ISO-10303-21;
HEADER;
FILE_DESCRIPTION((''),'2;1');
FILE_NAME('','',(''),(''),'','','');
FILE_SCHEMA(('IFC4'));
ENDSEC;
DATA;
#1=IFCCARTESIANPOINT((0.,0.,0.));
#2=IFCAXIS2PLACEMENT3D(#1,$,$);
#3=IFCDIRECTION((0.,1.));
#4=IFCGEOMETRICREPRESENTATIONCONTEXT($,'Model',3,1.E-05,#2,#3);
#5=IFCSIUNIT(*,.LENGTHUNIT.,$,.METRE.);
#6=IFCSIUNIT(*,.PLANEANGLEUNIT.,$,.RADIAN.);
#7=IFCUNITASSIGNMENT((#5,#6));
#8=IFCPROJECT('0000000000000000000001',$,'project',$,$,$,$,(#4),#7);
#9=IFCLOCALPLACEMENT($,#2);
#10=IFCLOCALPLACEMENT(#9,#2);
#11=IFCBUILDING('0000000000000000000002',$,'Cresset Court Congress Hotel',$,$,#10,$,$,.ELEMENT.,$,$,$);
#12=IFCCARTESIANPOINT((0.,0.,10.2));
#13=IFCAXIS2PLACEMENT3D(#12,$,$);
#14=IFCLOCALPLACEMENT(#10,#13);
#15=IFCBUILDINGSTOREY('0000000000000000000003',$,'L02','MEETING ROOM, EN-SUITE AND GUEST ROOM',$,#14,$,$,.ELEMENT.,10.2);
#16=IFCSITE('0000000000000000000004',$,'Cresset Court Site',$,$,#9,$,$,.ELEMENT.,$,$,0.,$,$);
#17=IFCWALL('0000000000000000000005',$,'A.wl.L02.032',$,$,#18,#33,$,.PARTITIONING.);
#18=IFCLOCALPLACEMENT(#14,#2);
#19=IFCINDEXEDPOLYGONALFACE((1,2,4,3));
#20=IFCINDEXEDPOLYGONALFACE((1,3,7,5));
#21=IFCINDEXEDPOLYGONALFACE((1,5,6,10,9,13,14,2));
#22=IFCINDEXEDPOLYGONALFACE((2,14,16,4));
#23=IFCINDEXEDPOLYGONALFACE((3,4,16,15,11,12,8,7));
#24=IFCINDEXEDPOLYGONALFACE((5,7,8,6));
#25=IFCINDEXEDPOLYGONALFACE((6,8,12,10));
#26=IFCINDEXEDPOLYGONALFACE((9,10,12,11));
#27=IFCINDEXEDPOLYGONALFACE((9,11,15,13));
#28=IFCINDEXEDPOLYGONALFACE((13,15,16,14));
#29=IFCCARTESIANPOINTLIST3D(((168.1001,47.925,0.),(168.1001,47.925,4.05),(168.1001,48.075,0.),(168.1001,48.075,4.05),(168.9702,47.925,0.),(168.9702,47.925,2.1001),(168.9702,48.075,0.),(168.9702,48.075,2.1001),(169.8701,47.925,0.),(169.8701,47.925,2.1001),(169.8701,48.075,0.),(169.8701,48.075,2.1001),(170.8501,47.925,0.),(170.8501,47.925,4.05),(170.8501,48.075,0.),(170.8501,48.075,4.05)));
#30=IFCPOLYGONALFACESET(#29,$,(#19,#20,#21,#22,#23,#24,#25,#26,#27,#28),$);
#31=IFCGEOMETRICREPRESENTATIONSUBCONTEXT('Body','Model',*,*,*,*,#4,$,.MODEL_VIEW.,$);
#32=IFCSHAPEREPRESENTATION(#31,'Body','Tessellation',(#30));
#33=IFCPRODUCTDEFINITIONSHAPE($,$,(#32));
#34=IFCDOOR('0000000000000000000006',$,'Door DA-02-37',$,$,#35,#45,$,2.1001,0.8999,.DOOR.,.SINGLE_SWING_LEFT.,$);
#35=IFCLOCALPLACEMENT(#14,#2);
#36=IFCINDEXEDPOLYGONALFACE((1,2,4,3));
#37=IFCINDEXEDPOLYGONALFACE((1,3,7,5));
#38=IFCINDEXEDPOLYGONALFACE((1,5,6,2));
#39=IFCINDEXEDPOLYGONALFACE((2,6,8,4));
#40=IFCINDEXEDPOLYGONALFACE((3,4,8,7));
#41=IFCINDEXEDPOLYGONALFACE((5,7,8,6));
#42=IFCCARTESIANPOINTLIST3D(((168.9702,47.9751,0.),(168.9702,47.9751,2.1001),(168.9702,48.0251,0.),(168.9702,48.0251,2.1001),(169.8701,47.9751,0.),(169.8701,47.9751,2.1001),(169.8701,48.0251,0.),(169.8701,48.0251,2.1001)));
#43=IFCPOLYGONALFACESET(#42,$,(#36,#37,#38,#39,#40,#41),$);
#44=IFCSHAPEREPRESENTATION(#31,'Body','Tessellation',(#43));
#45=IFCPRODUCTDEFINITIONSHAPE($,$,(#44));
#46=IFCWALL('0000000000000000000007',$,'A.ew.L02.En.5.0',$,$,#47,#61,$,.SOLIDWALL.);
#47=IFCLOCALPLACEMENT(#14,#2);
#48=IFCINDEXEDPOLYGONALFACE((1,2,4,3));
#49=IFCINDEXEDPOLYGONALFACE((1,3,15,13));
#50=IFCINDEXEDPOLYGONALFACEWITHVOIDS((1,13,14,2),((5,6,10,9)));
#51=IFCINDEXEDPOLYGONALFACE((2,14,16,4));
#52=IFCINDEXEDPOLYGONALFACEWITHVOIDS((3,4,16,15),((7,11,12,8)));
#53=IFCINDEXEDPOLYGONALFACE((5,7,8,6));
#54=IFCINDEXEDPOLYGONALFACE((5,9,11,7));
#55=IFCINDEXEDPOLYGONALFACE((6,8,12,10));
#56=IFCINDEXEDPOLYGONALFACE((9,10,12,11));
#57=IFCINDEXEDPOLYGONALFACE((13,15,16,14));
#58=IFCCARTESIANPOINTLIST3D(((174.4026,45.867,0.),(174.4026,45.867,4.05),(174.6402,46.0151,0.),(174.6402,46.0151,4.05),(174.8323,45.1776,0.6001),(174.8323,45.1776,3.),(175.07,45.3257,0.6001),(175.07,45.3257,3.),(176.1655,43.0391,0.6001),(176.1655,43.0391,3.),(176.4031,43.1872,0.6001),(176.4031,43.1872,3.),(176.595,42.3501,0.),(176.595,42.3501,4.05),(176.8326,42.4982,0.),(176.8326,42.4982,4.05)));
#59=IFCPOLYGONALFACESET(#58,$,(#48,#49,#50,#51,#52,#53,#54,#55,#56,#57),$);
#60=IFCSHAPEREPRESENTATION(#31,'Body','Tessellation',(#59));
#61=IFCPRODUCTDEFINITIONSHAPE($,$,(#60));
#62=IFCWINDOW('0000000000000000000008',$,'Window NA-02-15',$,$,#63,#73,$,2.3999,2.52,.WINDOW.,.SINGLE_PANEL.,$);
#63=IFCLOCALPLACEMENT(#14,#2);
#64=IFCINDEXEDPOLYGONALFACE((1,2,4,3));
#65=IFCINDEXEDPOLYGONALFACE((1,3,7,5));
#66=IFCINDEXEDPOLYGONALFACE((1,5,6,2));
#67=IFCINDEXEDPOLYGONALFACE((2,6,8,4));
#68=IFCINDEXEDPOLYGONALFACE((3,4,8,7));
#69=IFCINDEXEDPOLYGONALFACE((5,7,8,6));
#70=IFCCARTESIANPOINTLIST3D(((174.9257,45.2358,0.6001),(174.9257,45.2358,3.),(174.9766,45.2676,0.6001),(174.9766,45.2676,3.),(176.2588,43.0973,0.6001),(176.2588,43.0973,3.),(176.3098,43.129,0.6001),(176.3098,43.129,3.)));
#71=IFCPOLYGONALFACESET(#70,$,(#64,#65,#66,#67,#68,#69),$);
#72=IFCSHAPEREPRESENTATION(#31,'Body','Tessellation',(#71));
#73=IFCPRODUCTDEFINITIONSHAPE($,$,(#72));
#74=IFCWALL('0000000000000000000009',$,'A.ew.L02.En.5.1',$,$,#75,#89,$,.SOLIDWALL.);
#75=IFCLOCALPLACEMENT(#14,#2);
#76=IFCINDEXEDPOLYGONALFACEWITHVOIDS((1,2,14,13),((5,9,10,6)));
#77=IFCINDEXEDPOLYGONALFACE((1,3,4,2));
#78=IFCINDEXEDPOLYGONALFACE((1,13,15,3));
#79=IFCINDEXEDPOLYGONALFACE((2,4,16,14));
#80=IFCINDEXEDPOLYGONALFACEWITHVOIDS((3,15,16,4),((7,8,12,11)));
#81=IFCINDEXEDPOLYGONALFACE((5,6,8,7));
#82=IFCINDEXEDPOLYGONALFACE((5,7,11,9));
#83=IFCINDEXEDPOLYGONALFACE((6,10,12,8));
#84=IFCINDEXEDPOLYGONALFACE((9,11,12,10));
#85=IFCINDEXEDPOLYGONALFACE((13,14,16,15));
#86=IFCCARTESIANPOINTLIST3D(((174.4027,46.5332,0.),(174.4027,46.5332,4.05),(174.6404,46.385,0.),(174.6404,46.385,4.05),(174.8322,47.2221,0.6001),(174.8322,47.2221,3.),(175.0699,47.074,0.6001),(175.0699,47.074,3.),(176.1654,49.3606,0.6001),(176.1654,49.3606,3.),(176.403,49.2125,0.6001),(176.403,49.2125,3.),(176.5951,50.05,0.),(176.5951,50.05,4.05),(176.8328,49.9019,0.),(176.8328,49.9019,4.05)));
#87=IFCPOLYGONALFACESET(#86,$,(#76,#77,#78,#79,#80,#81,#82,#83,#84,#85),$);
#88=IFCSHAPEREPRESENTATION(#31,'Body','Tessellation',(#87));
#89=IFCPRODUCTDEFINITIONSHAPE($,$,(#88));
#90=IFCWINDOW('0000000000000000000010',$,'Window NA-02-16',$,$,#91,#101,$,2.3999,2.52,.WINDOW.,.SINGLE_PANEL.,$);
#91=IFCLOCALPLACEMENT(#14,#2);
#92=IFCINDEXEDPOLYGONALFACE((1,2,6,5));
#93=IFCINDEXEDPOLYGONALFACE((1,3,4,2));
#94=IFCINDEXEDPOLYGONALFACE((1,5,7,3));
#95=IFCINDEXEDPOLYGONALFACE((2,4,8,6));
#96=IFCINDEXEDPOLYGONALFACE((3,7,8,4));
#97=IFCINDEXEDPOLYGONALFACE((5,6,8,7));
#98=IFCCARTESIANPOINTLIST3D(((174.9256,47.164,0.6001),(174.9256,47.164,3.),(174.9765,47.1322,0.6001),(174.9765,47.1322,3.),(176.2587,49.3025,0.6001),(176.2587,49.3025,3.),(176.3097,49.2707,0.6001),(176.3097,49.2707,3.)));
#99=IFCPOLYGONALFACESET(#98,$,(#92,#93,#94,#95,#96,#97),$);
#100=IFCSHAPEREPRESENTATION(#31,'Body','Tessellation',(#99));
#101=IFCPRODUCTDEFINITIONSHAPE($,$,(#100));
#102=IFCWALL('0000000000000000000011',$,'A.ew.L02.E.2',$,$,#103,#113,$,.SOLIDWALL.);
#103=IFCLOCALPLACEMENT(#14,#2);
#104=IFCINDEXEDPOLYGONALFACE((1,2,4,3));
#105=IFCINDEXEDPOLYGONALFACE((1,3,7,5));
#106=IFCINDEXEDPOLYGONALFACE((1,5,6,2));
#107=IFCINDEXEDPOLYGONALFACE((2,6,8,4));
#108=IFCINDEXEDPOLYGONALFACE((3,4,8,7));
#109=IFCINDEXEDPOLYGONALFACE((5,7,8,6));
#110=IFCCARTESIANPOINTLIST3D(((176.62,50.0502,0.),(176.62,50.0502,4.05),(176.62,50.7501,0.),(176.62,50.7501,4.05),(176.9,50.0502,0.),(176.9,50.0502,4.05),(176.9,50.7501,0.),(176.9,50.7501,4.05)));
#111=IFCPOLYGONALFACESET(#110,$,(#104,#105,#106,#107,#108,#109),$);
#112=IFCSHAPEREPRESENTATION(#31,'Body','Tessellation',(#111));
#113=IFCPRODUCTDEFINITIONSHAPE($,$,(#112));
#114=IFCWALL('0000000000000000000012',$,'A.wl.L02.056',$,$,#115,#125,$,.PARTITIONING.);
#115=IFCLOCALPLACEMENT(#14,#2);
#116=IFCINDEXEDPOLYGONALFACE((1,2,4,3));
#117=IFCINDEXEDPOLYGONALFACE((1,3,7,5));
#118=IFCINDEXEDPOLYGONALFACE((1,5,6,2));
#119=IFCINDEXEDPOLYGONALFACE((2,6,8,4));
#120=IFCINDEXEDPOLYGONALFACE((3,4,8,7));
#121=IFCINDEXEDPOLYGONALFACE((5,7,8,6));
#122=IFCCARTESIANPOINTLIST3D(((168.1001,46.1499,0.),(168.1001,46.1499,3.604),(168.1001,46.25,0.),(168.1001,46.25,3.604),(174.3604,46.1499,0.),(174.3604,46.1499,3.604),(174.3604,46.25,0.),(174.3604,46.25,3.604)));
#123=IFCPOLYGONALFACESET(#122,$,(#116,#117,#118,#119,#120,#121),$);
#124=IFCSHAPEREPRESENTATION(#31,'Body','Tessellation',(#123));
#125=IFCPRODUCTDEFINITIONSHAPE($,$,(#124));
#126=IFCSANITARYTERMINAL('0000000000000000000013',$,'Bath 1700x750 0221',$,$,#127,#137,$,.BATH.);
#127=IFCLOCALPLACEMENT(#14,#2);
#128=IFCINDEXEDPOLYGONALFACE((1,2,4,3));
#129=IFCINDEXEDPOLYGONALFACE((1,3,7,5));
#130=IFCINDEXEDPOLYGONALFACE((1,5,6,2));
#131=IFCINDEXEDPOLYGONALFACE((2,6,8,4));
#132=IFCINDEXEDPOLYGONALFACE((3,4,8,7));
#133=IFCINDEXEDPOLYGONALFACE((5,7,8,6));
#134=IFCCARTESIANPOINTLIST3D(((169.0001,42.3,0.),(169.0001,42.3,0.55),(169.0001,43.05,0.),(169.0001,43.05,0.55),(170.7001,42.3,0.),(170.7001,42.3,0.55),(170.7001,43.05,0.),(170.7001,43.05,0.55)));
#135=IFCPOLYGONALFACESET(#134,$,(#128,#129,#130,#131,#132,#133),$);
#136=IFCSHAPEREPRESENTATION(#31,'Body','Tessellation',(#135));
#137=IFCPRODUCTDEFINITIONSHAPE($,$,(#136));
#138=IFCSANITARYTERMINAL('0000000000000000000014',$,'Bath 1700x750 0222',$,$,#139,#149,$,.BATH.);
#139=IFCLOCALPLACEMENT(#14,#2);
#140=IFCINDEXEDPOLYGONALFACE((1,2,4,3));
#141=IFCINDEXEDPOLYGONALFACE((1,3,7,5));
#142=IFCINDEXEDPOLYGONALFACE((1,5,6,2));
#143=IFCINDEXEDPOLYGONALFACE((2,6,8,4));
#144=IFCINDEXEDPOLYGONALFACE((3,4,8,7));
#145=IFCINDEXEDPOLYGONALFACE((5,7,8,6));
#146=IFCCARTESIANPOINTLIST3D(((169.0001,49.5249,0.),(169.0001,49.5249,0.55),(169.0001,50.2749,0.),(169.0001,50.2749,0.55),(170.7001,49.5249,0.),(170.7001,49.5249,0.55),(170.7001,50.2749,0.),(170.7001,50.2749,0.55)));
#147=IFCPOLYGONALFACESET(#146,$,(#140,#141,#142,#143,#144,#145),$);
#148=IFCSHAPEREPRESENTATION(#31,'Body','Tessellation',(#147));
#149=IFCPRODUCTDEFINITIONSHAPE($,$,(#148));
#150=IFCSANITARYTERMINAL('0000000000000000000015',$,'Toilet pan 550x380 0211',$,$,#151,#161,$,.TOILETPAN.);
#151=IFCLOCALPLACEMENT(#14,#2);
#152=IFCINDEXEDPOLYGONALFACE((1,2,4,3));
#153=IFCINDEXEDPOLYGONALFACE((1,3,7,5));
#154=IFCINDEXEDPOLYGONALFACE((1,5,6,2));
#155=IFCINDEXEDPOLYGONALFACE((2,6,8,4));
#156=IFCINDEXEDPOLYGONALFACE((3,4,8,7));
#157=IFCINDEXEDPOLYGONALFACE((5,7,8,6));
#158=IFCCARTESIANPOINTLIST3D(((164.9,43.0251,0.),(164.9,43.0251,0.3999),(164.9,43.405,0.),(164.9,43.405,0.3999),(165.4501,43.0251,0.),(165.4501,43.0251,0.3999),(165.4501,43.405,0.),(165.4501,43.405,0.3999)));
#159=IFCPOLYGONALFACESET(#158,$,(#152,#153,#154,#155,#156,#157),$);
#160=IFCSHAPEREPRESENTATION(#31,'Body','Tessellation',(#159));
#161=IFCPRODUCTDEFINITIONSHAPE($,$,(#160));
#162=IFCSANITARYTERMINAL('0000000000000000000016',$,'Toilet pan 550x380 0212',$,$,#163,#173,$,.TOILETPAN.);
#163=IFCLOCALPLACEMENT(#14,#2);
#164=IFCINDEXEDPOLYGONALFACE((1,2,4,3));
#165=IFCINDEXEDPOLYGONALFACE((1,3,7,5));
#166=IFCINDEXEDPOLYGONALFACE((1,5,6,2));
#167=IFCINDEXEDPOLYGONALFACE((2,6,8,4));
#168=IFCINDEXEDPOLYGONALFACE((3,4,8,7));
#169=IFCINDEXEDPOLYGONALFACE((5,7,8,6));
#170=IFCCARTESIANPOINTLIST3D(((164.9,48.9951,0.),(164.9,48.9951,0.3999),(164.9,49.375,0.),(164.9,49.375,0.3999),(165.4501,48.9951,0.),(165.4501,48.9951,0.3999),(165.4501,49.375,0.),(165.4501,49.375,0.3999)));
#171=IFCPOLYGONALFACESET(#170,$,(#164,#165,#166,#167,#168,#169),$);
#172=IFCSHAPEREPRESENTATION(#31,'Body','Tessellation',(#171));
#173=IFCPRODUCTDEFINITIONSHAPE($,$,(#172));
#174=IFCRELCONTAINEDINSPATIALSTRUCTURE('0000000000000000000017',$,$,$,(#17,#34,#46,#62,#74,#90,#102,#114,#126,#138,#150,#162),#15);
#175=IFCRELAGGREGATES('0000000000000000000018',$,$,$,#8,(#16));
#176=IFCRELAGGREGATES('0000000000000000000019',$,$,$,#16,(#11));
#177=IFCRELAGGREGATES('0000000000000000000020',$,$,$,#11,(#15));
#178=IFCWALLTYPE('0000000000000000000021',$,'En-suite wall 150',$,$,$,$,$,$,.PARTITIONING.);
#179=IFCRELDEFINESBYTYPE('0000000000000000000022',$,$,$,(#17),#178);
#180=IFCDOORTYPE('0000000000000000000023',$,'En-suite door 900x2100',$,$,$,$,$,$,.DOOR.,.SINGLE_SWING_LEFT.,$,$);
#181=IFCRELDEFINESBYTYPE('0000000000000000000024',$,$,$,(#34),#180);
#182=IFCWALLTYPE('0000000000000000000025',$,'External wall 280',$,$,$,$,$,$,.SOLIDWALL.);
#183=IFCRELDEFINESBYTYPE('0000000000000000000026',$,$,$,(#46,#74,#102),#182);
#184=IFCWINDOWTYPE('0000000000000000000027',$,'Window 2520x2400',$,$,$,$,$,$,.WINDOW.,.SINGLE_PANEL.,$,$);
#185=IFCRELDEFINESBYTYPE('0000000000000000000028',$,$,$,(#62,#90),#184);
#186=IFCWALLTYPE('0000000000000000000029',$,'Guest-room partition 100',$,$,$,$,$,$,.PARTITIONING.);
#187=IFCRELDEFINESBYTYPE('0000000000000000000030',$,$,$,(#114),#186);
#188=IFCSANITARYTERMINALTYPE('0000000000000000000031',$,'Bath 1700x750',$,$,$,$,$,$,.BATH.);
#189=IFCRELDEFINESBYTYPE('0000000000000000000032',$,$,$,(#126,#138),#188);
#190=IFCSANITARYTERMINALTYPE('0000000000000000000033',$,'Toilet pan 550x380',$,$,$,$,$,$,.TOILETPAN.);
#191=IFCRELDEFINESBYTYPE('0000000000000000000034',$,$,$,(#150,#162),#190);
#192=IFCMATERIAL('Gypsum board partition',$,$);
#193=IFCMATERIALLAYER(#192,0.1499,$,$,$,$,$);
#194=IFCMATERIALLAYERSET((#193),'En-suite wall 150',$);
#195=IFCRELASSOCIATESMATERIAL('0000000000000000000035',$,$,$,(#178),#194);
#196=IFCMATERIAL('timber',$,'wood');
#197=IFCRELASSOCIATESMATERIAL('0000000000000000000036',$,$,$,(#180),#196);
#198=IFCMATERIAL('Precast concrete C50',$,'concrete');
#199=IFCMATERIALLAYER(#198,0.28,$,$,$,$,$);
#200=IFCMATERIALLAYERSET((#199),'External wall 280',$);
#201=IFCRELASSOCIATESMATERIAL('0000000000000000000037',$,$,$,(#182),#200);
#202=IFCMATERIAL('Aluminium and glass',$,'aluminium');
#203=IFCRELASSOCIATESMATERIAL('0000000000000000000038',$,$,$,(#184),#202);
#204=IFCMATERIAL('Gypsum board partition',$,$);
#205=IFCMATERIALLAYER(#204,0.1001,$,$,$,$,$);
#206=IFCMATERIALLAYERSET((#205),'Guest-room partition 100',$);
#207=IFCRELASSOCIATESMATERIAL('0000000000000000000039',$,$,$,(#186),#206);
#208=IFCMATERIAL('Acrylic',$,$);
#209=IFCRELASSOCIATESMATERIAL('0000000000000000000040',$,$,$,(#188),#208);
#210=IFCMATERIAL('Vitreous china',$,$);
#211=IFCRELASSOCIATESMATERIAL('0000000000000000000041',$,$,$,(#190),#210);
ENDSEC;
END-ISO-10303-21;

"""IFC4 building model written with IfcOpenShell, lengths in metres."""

from ifc_helpers import new_model, si_unit, direction, frame, frame_2d, origin, origin_2d, place, context, subcontext, project, spatial, rectangle, extrude, material, layer, layer_set, type_object, element, fill, save


model = new_model("IFC4")

# Units and contexts
model_context = context("Model", 3, precision=1e-05, world=origin(), true_north=direction((0.0, 1.0)))
body_context = subcontext(model_context, "Body", "Model", "MODEL_VIEW")
ifc_project = project(units=[si_unit("LENGTHUNIT", "METRE"), si_unit("PLANEANGLEUNIT", "RADIAN")], contexts=[model_context])

# Site, building, storey
site_placement = place(None, origin())
site = spatial("IfcSite", under=ifc_project, at=site_placement, Name="Cresset Court Site", CompositionType="ELEMENT", RefElevation=0.0)
building_placement = place(site_placement, origin())
building = spatial("IfcBuilding", under=site, at=building_placement, Name="Cresset Court Congress Hotel", CompositionType="ELEMENT")
storey_placement = place(building_placement, frame((0.0, 0.0, 10.2)))
storey = spatial("IfcBuildingStorey", under=building, at=storey_placement, Name="L02", Description="MEETING ROOM, EN-SUITE AND GUEST ROOM", CompositionType="ELEMENT", Elevation=10.2)

# Shared definitions
ifc_material_1 = material(Name="Gypsum board partition")
ifc_layer_1 = layer(ifc_material_1, 0.1499)
ifc_layer_set_1 = layer_set([ifc_layer_1], Name="En-suite wall 150")
wall_type_1 = type_object("IfcWallType", Name="En-suite wall 150", PredefinedType="PARTITIONING", material=ifc_layer_set_1)

# Shared definitions
ifc_material_2 = material(Name="timber", Category="wood")
door_type_1 = type_object("IfcDoorType", Name="En-suite door 900x2100", OperationType="SINGLE_SWING_LEFT", PredefinedType="DOOR", material=ifc_material_2)

# Wall, opening, door
wall_1_placement = place(storey_placement, frame((170.8501, 48.0, 0.0), z_axis=(0.0, 0.0, 1.0), x_axis=(-1.0, 0.0, 0.0)))
wall_1 = element("IfcWall", 1, at=wall_1_placement, inside=storey, type_object=wall_type_1, Name="A.wl.L02.032", PredefinedType="PARTITIONING", context=body_context, shape_type="SweptSolid", body=[
    extrude(rectangle(XDim=2.75, YDim=0.1499, at=frame_2d((1.375, 0.0))), origin(), (0.0, 0.0, 1.0), 4.05),
])
opening_1_placement = place(wall_1_placement, frame((0.98, 0.0, 0.0)))
opening_1 = element("IfcOpeningElement", 2, at=opening_1_placement, cuts=wall_1, PredefinedType="OPENING", context=body_context, shape_type="SweptSolid", body=[
    extrude(rectangle(XDim=0.8999, YDim=2.1001, at=frame_2d((0.45, 1.05))), frame((0.0, 0.085, 0.0), z_axis=(0.0, -1.0, 0.0), x_axis=(1.0, 0.0, 0.0)), (0.0, 0.0, 1.0), 0.1699),
])
door_1_placement = place(opening_1_placement, origin())
door_1 = element("IfcDoor", 3, at=door_1_placement, inside=storey, type_object=door_type_1, Name="Door DA-02-37", OperationType="SINGLE_SWING_LEFT", OverallHeight=2.1001, OverallWidth=0.8999, PredefinedType="DOOR", context=body_context, shape_type="SweptSolid", body=[
    extrude(rectangle(XDim=0.8999, YDim=2.1001, at=frame_2d((0.45, 1.05))), frame((0.0, 0.0249, 0.0), z_axis=(0.0, -1.0, 0.0), x_axis=(1.0, 0.0, 0.0)), (0.0, 0.0, 1.0), 0.05),
])
fill(opening_1, door_1)

# Walls, openings, windows
ifc_material_3 = material(Name="Precast concrete C50", Category="concrete")
ifc_layer_2 = layer(ifc_material_3, 0.28)
ifc_layer_set_2 = layer_set([ifc_layer_2], Name="External wall 280")
wall_type_2 = type_object("IfcWallType", Name="External wall 280", PredefinedType="SOLIDWALL", material=ifc_layer_set_2)
wall_2_placement = place(storey_placement, frame((176.7139, 42.4241, 0.0), z_axis=(0.0, 0.0, 1.0), x_axis=(-0.529019, 0.84861, 0.0)))
wall_2 = element("IfcWall", 4, at=wall_2_placement, inside=storey, type_object=wall_type_2, Name="A.ew.L02.En.5.0", PredefinedType="SOLIDWALL", context=body_context, shape_type="SweptSolid", body=[
    extrude(rectangle(XDim=4.1443, YDim=0.28, at=frame_2d((2.0723, 0.0))), origin(), (0.0, 0.0, 1.0), 4.05),
])
opening_2_placement = place(wall_2_placement, frame((0.812, 0.0, 0.6001)))
opening_2 = element("IfcOpeningElement", 5, at=opening_2_placement, cuts=wall_2, PredefinedType="OPENING", context=body_context, shape_type="SweptSolid", body=[
    extrude(rectangle(XDim=2.52, YDim=2.3999, at=frame_2d((1.26, 1.2))), frame((0.0, 0.1499, 0.0), z_axis=(0.0, -1.0, 0.0), x_axis=(1.0, 0.0, 0.0)), (0.0, 0.0, 1.0), 0.3),
])
ifc_material_4 = material(Name="Aluminium and glass", Category="aluminium")
window_type = type_object("IfcWindowType", Name="Window 2520x2400", PartitioningType="SINGLE_PANEL", PredefinedType="WINDOW", material=ifc_material_4)
window_1_placement = place(opening_2_placement, origin())
window_1 = element("IfcWindow", 6, at=window_1_placement, inside=storey, type_object=window_type, Name="Window NA-02-15", OverallHeight=2.3999, OverallWidth=2.52, PartitioningType="SINGLE_PANEL", PredefinedType="WINDOW", context=body_context, shape_type="SweptSolid", body=[
    extrude(rectangle(XDim=2.52, YDim=2.3999, at=frame_2d((1.26, 1.2))), frame((0.0, 0.03, 0.0), z_axis=(0.0, -1.0, 0.0), x_axis=(1.0, 0.0, 0.0)), (0.0, 0.0, 1.0), 0.0601),
])
fill(opening_2, window_1)
wall_3_placement = place(storey_placement, frame((174.5215, 46.459, 0.0), z_axis=(0.0, 0.0, 1.0), x_axis=(0.529019, 0.84861, 0.0)))
wall_3 = element("IfcWall", 7, at=wall_3_placement, inside=storey, type_object=wall_type_2, Name="A.ew.L02.En.5.1", PredefinedType="SOLIDWALL", context=body_context, shape_type="SweptSolid", body=[
    extrude(rectangle(XDim=4.1443, YDim=0.28, at=frame_2d((2.0723, 0.0))), origin(), (0.0, 0.0, 1.0), 4.05),
])
opening_3_placement = place(wall_3_placement, frame((0.812, 0.0, 0.6001)))
opening_3 = element("IfcOpeningElement", 8, at=opening_3_placement, cuts=wall_3, PredefinedType="OPENING", context=body_context, shape_type="SweptSolid", body=[
    extrude(rectangle(XDim=2.52, YDim=2.3999, at=frame_2d((1.26, 1.2))), frame((0.0, 0.1499, 0.0), z_axis=(0.0, -1.0, 0.0), x_axis=(1.0, 0.0, 0.0)), (0.0, 0.0, 1.0), 0.3),
])
window_2_placement = place(opening_3_placement, origin())
window_2 = element("IfcWindow", 9, at=window_2_placement, inside=storey, type_object=window_type, Name="Window NA-02-16", OverallHeight=2.3999, OverallWidth=2.52, PartitioningType="SINGLE_PANEL", PredefinedType="WINDOW", context=body_context, shape_type="SweptSolid", body=[
    extrude(rectangle(XDim=2.52, YDim=2.3999, at=frame_2d((1.26, 1.2))), frame((0.0, 0.03, 0.0), z_axis=(0.0, -1.0, 0.0), x_axis=(1.0, 0.0, 0.0)), (0.0, 0.0, 1.0), 0.0601),
])
fill(opening_3, window_2)

# Walls
wall_4_placement = place(storey_placement, frame((176.76, 50.05, 0.0), z_axis=(0.0, 0.0, 1.0), x_axis=(0.0, 1.0, 0.0)))
element("IfcWall", 10, at=wall_4_placement, inside=storey, type_object=wall_type_2, Name="A.ew.L02.E.2", PredefinedType="SOLIDWALL", context=body_context, shape_type="SweptSolid", body=[
    extrude(rectangle(XDim=0.7, YDim=0.28, at=frame_2d((0.3501, 0.0))), origin(), (0.0, 0.0, 1.0), 4.05),
])
ifc_material_5 = material(Name="Gypsum board partition")
ifc_layer_3 = layer(ifc_material_5, 0.1001)
ifc_layer_set_3 = layer_set([ifc_layer_3], Name="Guest-room partition 100")
wall_type_3 = type_object("IfcWallType", Name="Guest-room partition 100", PredefinedType="PARTITIONING", material=ifc_layer_set_3)
wall_5_placement = place(storey_placement, frame((168.1001, 46.2, 0.0), z_axis=(0.0, 0.0, 1.0), x_axis=(1.0, 0.0, 0.0)))
element("IfcWall", 11, at=wall_5_placement, inside=storey, type_object=wall_type_3, Name="A.wl.L02.056", PredefinedType="PARTITIONING", context=body_context, shape_type="SweptSolid", body=[
    extrude(rectangle(XDim=6.2603, YDim=0.1001, at=frame_2d((3.1301, 0.0))), origin(), (0.0, 0.0, 1.0), 3.604),
])

# Sanitary terminals
ifc_material_6 = material(Name="Acrylic")
sanitary_terminal_type_1 = type_object("IfcSanitaryTerminalType", Name="Bath 1700x750", PredefinedType="BATH", material=ifc_material_6)
for number, where, z_axis, x_axis, name in (
    (12, (169.8501, 42.675, 0.0), (0.0, 0.0, 1.0), (1.0, 0.0, 0.0), "Bath 1700x750 0221"),
    (13, (169.8501, 49.8999, 0.0), (0.0, 0.0, 1.0), (1.0, 0.0, 0.0), "Bath 1700x750 0222"),
):
    element("IfcSanitaryTerminal", number, at=place(storey_placement, frame(where, z_axis=z_axis, x_axis=x_axis)), inside=storey, type_object=sanitary_terminal_type_1, Name=name, PredefinedType="BATH", context=body_context, shape_type="SweptSolid", body=[
        extrude(rectangle(XDim=1.7, YDim=0.75, at=origin_2d()), origin(), (0.0, 0.0, 1.0), 0.55),
    ])
ifc_material_7 = material(Name="Vitreous china")
sanitary_terminal_type_2 = type_object("IfcSanitaryTerminalType", Name="Toilet pan 550x380", PredefinedType="TOILETPAN", material=ifc_material_7)
for number, where, z_axis, x_axis, name in (
    (14, (165.175, 43.2151, 0.0), (0.0, 0.0, 1.0), (1.0, 0.0, 0.0), "Toilet pan 550x380 0211"),
    (15, (165.175, 49.1851, 0.0), (0.0, 0.0, 1.0), (1.0, 0.0, 0.0), "Toilet pan 550x380 0212"),
):
    element("IfcSanitaryTerminal", number, at=place(storey_placement, frame(where, z_axis=z_axis, x_axis=x_axis)), inside=storey, type_object=sanitary_terminal_type_2, Name=name, PredefinedType="TOILETPAN", context=body_context, shape_type="SweptSolid", body=[
        extrude(rectangle(XDim=0.55, YDim=0.3799, at=origin_2d()), origin(), (0.0, 0.0, 1.0), 0.3999),
    ])

save(model, "model.ifc")
